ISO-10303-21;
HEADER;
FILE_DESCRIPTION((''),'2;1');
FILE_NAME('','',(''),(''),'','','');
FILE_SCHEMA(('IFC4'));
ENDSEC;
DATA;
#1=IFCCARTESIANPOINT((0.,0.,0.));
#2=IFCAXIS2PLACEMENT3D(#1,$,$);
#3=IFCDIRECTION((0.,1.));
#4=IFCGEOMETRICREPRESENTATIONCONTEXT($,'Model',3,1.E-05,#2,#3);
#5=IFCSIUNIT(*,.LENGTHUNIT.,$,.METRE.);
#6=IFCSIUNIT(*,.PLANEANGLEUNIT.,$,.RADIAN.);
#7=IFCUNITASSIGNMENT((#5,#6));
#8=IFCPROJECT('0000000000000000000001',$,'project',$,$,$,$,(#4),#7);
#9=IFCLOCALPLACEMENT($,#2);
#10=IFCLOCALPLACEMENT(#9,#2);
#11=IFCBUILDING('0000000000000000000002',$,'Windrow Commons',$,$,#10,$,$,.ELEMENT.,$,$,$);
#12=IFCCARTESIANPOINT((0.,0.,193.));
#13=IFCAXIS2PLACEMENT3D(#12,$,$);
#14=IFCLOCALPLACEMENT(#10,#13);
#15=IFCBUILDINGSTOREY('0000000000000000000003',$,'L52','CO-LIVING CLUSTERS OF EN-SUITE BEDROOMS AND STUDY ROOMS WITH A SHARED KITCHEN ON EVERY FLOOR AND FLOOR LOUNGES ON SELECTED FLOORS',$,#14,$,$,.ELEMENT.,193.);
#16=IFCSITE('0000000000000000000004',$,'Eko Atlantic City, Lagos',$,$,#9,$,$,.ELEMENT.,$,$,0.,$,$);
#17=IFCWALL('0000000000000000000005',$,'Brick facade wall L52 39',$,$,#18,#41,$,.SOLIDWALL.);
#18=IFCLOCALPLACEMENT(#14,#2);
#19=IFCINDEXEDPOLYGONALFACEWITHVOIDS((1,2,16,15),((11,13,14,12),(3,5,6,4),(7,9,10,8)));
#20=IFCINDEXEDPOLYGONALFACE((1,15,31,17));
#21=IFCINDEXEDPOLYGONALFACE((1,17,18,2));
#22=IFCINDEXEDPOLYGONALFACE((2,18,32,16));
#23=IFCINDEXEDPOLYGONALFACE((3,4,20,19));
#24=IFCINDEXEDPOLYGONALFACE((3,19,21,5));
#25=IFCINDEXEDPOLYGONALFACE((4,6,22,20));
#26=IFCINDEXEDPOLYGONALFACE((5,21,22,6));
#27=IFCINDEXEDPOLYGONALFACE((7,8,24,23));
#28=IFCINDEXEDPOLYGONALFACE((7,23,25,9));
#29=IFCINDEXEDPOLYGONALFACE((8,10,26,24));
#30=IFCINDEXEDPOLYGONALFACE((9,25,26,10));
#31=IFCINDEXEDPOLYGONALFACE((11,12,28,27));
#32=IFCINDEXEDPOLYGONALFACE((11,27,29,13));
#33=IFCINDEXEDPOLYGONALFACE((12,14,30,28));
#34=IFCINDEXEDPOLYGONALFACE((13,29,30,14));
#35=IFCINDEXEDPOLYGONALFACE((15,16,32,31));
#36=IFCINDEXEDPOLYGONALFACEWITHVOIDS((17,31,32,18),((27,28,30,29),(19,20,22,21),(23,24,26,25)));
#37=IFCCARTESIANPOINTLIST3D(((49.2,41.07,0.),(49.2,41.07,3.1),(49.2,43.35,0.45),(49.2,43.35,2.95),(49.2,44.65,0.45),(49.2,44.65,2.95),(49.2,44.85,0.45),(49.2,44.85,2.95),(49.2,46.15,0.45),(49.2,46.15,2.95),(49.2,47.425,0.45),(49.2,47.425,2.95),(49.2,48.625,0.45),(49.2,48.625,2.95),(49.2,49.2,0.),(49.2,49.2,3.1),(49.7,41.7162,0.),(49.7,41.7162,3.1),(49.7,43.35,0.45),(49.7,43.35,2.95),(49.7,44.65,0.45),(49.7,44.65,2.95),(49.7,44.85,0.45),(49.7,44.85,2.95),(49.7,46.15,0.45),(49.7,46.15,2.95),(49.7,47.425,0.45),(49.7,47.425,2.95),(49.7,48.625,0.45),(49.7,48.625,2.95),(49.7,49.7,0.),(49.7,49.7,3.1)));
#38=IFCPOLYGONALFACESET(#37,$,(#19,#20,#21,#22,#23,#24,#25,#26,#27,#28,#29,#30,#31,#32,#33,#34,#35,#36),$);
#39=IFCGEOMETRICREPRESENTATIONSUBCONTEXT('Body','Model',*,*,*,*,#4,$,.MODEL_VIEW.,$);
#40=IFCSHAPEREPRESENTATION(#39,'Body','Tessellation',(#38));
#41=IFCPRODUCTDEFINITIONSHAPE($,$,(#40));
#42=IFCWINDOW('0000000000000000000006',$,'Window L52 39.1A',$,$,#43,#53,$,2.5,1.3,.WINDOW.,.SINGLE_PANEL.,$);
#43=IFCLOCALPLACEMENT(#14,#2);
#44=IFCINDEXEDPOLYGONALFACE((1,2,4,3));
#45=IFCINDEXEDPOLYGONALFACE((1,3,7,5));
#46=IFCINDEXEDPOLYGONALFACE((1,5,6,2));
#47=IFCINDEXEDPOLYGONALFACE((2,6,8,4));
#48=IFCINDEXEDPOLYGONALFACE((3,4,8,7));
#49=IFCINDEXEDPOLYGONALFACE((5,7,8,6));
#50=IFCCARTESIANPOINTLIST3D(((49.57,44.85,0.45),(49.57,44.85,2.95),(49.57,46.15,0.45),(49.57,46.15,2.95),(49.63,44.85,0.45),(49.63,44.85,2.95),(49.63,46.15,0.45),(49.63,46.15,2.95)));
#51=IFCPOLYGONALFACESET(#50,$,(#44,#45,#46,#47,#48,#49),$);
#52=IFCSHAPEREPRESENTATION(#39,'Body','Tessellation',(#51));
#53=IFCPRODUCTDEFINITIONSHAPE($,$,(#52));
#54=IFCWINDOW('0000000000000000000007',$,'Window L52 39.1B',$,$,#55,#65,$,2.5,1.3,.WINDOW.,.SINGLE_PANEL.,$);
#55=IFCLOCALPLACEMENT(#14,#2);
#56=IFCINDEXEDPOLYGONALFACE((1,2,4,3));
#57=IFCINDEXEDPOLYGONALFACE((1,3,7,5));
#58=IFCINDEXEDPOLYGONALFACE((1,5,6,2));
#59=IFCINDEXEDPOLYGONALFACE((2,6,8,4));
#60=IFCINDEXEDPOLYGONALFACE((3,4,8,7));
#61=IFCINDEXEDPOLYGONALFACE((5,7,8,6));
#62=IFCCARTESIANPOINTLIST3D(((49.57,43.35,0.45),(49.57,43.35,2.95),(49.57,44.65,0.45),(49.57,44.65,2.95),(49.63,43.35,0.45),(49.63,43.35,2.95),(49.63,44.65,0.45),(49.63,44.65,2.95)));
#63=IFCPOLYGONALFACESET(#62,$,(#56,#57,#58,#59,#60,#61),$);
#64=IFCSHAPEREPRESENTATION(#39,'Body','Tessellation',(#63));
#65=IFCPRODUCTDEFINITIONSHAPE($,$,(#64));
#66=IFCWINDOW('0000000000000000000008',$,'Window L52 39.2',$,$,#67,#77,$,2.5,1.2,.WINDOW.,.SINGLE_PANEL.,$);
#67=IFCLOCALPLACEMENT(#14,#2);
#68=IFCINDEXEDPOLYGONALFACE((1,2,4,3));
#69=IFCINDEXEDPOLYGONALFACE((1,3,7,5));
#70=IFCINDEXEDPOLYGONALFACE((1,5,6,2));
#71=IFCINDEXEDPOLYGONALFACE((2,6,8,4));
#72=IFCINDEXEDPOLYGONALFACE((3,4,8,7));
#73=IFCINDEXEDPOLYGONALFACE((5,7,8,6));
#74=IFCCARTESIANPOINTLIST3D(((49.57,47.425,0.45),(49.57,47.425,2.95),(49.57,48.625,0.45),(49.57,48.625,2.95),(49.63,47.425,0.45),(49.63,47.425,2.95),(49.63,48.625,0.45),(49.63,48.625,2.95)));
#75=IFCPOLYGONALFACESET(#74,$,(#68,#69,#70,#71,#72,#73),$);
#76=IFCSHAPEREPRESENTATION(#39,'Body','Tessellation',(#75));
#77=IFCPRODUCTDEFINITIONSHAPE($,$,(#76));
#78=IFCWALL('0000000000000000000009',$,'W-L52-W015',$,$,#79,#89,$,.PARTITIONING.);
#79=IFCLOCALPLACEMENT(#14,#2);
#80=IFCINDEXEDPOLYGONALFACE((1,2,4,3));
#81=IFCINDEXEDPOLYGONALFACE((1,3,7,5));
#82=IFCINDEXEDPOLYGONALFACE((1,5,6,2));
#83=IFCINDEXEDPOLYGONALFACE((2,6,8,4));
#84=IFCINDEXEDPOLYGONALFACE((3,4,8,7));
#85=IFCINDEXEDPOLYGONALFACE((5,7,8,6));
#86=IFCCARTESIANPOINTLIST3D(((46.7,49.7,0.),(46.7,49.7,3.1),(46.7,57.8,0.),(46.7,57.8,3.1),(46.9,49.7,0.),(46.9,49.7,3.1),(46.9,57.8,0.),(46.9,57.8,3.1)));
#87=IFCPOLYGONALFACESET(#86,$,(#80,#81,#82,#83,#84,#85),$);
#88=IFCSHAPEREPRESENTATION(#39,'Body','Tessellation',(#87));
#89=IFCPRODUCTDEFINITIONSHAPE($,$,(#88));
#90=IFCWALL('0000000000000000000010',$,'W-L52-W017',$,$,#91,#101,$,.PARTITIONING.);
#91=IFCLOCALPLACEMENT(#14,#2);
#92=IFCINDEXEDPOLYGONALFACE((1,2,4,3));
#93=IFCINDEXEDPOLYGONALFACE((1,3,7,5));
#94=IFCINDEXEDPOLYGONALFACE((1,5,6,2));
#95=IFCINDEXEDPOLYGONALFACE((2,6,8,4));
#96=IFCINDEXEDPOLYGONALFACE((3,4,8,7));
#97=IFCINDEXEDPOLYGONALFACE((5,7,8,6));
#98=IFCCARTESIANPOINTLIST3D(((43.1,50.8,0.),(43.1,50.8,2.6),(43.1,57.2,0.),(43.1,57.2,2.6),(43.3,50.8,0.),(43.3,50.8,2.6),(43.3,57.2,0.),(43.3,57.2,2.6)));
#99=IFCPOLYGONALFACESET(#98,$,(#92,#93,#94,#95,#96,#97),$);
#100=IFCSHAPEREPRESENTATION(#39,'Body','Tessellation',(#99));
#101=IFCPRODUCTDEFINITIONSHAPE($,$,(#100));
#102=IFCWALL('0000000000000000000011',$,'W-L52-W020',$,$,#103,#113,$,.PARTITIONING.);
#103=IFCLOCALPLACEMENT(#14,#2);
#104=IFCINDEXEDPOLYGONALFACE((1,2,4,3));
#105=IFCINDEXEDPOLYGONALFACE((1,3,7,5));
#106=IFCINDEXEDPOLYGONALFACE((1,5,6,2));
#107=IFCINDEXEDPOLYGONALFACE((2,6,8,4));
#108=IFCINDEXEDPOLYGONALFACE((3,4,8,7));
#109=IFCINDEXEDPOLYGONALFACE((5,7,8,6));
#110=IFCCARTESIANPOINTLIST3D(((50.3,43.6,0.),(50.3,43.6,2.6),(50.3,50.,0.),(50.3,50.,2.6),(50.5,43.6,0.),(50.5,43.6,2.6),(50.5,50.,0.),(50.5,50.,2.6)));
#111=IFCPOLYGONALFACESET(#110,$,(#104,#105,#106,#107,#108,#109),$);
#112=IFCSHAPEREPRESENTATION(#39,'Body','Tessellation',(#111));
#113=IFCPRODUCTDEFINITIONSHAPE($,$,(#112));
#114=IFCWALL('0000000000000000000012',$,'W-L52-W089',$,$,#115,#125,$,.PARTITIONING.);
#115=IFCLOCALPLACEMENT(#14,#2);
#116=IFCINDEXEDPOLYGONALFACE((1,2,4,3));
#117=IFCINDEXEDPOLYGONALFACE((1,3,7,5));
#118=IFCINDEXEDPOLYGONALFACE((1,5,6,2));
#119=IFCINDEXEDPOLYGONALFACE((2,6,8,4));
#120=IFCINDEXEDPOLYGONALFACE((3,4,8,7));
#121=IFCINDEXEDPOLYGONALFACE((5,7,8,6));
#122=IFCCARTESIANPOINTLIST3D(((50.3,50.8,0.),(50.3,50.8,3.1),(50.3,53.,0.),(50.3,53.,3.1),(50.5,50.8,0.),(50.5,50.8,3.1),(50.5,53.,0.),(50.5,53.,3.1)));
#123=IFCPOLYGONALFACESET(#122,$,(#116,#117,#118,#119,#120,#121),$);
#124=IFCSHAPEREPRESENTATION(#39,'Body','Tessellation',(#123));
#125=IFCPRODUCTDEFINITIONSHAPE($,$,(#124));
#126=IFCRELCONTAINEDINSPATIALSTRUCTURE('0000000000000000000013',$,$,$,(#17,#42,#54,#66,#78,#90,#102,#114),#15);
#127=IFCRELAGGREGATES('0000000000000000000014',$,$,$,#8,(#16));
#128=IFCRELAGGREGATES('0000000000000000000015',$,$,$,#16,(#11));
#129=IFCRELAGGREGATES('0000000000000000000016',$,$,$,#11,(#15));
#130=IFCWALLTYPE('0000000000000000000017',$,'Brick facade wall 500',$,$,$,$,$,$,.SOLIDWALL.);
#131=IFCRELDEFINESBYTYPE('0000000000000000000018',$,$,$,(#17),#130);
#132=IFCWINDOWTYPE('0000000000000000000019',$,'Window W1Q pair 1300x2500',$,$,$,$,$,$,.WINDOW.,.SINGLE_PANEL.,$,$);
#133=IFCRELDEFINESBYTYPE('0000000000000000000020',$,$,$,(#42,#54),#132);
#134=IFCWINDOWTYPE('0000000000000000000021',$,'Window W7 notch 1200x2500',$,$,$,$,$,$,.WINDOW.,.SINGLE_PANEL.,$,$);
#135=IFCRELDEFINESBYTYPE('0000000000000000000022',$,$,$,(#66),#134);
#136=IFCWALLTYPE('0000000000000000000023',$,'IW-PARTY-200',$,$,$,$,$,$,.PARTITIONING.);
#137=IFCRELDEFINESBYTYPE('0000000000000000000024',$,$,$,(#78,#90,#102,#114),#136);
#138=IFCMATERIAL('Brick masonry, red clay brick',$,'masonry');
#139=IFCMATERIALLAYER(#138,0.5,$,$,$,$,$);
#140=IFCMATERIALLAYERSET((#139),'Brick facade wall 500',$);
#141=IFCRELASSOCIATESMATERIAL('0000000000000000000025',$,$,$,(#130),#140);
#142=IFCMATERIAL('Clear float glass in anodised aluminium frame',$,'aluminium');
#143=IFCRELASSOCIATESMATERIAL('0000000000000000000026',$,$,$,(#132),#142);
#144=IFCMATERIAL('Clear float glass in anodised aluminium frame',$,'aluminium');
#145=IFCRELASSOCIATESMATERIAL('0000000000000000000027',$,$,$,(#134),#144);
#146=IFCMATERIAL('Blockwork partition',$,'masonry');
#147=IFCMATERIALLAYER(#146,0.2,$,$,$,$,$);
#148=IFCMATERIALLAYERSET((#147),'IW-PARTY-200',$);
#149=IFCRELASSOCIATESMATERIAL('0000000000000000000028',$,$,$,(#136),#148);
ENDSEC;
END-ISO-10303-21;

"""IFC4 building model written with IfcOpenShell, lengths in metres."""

from ifc_helpers import new_model, si_unit, direction, frame, frame_2d, origin, place, context, subcontext, project, spatial, polyline, rectangle, outline, extrude, material, layer, layer_set, type_object, element, fill, save


model = new_model("IFC4")

# Units and contexts
model_context = context("Model", 3, precision=1e-05, world=origin(), true_north=direction((0.0, 1.0)))
body_context = subcontext(model_context, "Body", "Model", "MODEL_VIEW")
ifc_project = project(units=[si_unit("LENGTHUNIT", "METRE"), si_unit("PLANEANGLEUNIT", "RADIAN")], contexts=[model_context])

# Site, building, storey
site_placement = place(None, origin())
site = spatial("IfcSite", under=ifc_project, at=site_placement, Name="Eko Atlantic City, Lagos", CompositionType="ELEMENT", RefElevation=0.0)
building_placement = place(site_placement, origin())
building = spatial("IfcBuilding", under=site, at=building_placement, Name="Windrow Commons", CompositionType="ELEMENT")
storey_placement = place(building_placement, frame((0.0, 0.0, 193.0)))
storey = spatial("IfcBuildingStorey", under=building, at=storey_placement, Name="L52", Description="CO-LIVING CLUSTERS OF EN-SUITE BEDROOMS AND STUDY ROOMS WITH A SHARED KITCHEN ON EVERY FLOOR AND FLOOR LOUNGES ON SELECTED FLOORS", CompositionType="ELEMENT", Elevation=193.0)

# Wall, openings, windows
ifc_material_1 = material(Name="Brick masonry, red clay brick", Category="masonry")
ifc_layer_1 = layer(ifc_material_1, 0.5)
ifc_layer_set_1 = layer_set([ifc_layer_1], Name="Brick facade wall 500")
wall_type_1 = type_object("IfcWallType", Name="Brick facade wall 500", PredefinedType="SOLIDWALL", material=ifc_layer_set_1)
ifc_material_2 = material(Name="Clear float glass in anodised aluminium frame", Category="aluminium")
window_type_1 = type_object("IfcWindowType", Name="Window W1Q pair 1300x2500", PartitioningType="SINGLE_PANEL", PredefinedType="WINDOW", material=ifc_material_2)
ifc_material_3 = material(Name="Clear float glass in anodised aluminium frame", Category="aluminium")
window_type_2 = type_object("IfcWindowType", Name="Window W7 notch 1200x2500", PartitioningType="SINGLE_PANEL", PredefinedType="WINDOW", material=ifc_material_3)
wall_1_placement = place(storey_placement, frame((49.45, 49.45, 0.0), z_axis=(0.0, 0.0, 1.0), x_axis=(0.0, -1.0, 0.0)))
wall_1 = element("IfcWall", 1, at=wall_1_placement, inside=storey, type_object=wall_type_1, Name="Brick facade wall L52 39", PredefinedType="SOLIDWALL", context=body_context, shape_type="SweptSolid", body=[
    extrude(outline(polyline([(0.25, -0.25), (8.38, -0.25), (7.7338, 0.25), (-0.25, 0.25), (0.25, -0.25)])), origin(), (0.0, 0.0, 1.0), 3.1),
])
opening_1_placement = place(wall_1_placement, frame((3.3, 0.0, 0.45)))
opening_1 = element("IfcOpeningElement", 2, at=opening_1_placement, cuts=wall_1, PredefinedType="OPENING", context=body_context, shape_type="SweptSolid", body=[
    extrude(rectangle(XDim=1.3, YDim=2.5, at=frame_2d((0.65, 1.25))), frame((0.0, 0.26, 0.0), z_axis=(0.0, -1.0, 0.0), x_axis=(1.0, 0.0, 0.0)), (0.0, 0.0, 1.0), 0.52),
])
opening_2_placement = place(wall_1_placement, frame((4.8, 0.0, 0.45)))
opening_2 = element("IfcOpeningElement", 3, at=opening_2_placement, cuts=wall_1, PredefinedType="OPENING", context=body_context, shape_type="SweptSolid", body=[
    extrude(rectangle(XDim=1.3, YDim=2.5, at=frame_2d((0.65, 1.25))), frame((0.0, 0.26, 0.0), z_axis=(0.0, -1.0, 0.0), x_axis=(1.0, 0.0, 0.0)), (0.0, 0.0, 1.0), 0.52),
])
opening_3_placement = place(wall_1_placement, frame((0.825, 0.0, 0.45)))
opening_3 = element("IfcOpeningElement", 4, at=opening_3_placement, cuts=wall_1, PredefinedType="OPENING", context=body_context, shape_type="SweptSolid", body=[
    extrude(rectangle(XDim=1.2, YDim=2.5, at=frame_2d((0.6, 1.25))), frame((0.0, 0.26, 0.0), z_axis=(0.0, -1.0, 0.0), x_axis=(1.0, 0.0, 0.0)), (0.0, 0.0, 1.0), 0.52),
])
window_1_placement = place(opening_1_placement, origin())
window_1 = element("IfcWindow", 5, at=window_1_placement, inside=storey, type_object=window_type_1, Name="Window L52 39.1A", OverallHeight=2.5, OverallWidth=1.3, PartitioningType="SINGLE_PANEL", PredefinedType="WINDOW", context=body_context, shape_type="SweptSolid", body=[
    extrude(rectangle(XDim=1.3, YDim=2.5, at=frame_2d((0.65, 1.25))), frame((0.0, 0.18, 0.0), z_axis=(0.0, -1.0, 0.0), x_axis=(1.0, 0.0, 0.0)), (0.0, 0.0, 1.0), 0.06),
])
fill(opening_1, window_1)
window_2_placement = place(opening_2_placement, origin())
window_2 = element("IfcWindow", 6, at=window_2_placement, inside=storey, type_object=window_type_1, Name="Window L52 39.1B", OverallHeight=2.5, OverallWidth=1.3, PartitioningType="SINGLE_PANEL", PredefinedType="WINDOW", context=body_context, shape_type="SweptSolid", body=[
    extrude(rectangle(XDim=1.3, YDim=2.5, at=frame_2d((0.65, 1.25))), frame((0.0, 0.18, 0.0), z_axis=(0.0, -1.0, 0.0), x_axis=(1.0, 0.0, 0.0)), (0.0, 0.0, 1.0), 0.06),
])
fill(opening_2, window_2)
window_3_placement = place(opening_3_placement, origin())
window_3 = element("IfcWindow", 7, at=window_3_placement, inside=storey, type_object=window_type_2, Name="Window L52 39.2", OverallHeight=2.5, OverallWidth=1.2, PartitioningType="SINGLE_PANEL", PredefinedType="WINDOW", context=body_context, shape_type="SweptSolid", body=[
    extrude(rectangle(XDim=1.2, YDim=2.5, at=frame_2d((0.6, 1.25))), frame((0.0, 0.18, 0.0), z_axis=(0.0, -1.0, 0.0), x_axis=(1.0, 0.0, 0.0)), (0.0, 0.0, 1.0), 0.06),
])
fill(opening_3, window_3)

# Walls
ifc_material_4 = material(Name="Blockwork partition", Category="masonry")
ifc_layer_2 = layer(ifc_material_4, 0.2)
ifc_layer_set_2 = layer_set([ifc_layer_2], Name="IW-PARTY-200")
wall_type_2 = type_object("IfcWallType", Name="IW-PARTY-200", PredefinedType="PARTITIONING", material=ifc_layer_set_2)
wall_2_placement = place(storey_placement, frame((46.8, 49.7, 0.0), z_axis=(0.0, 0.0, 1.0), x_axis=(0.0, 1.0, 0.0)))
element("IfcWall", 8, at=wall_2_placement, inside=storey, type_object=wall_type_2, Name="W-L52-W015", PredefinedType="PARTITIONING", context=body_context, shape_type="SweptSolid", body=[
    extrude(rectangle(XDim=8.1, YDim=0.2, at=frame_2d((4.05, 0.0))), origin(), (0.0, 0.0, 1.0), 3.1),
])
for number, where, z_axis, x_axis, name in (
    (9, (43.2, 50.8, 0.0), (0.0, 0.0, 1.0), (0.0, 1.0, 0.0), "W-L52-W017"),
    (10, (50.4, 43.6, 0.0), (0.0, 0.0, 1.0), (0.0, 1.0, 0.0), "W-L52-W020"),
):
    element("IfcWall", number, at=place(storey_placement, frame(where, z_axis=z_axis, x_axis=x_axis)), inside=storey, type_object=wall_type_2, Name=name, PredefinedType="PARTITIONING", context=body_context, shape_type="SweptSolid", body=[
        extrude(rectangle(XDim=6.4, YDim=0.2, at=frame_2d((3.2, 0.0))), origin(), (0.0, 0.0, 1.0), 2.6),
    ])
wall_3_placement = place(storey_placement, frame((50.4, 50.8, 0.0), z_axis=(0.0, 0.0, 1.0), x_axis=(0.0, 1.0, 0.0)))
element("IfcWall", 11, at=wall_3_placement, inside=storey, type_object=wall_type_2, Name="W-L52-W089", PredefinedType="PARTITIONING", context=body_context, shape_type="SweptSolid", body=[
    extrude(rectangle(XDim=2.2, YDim=0.2, at=frame_2d((1.1, 0.0))), origin(), (0.0, 0.0, 1.0), 3.1),
])

save(model, "model.ifc")
